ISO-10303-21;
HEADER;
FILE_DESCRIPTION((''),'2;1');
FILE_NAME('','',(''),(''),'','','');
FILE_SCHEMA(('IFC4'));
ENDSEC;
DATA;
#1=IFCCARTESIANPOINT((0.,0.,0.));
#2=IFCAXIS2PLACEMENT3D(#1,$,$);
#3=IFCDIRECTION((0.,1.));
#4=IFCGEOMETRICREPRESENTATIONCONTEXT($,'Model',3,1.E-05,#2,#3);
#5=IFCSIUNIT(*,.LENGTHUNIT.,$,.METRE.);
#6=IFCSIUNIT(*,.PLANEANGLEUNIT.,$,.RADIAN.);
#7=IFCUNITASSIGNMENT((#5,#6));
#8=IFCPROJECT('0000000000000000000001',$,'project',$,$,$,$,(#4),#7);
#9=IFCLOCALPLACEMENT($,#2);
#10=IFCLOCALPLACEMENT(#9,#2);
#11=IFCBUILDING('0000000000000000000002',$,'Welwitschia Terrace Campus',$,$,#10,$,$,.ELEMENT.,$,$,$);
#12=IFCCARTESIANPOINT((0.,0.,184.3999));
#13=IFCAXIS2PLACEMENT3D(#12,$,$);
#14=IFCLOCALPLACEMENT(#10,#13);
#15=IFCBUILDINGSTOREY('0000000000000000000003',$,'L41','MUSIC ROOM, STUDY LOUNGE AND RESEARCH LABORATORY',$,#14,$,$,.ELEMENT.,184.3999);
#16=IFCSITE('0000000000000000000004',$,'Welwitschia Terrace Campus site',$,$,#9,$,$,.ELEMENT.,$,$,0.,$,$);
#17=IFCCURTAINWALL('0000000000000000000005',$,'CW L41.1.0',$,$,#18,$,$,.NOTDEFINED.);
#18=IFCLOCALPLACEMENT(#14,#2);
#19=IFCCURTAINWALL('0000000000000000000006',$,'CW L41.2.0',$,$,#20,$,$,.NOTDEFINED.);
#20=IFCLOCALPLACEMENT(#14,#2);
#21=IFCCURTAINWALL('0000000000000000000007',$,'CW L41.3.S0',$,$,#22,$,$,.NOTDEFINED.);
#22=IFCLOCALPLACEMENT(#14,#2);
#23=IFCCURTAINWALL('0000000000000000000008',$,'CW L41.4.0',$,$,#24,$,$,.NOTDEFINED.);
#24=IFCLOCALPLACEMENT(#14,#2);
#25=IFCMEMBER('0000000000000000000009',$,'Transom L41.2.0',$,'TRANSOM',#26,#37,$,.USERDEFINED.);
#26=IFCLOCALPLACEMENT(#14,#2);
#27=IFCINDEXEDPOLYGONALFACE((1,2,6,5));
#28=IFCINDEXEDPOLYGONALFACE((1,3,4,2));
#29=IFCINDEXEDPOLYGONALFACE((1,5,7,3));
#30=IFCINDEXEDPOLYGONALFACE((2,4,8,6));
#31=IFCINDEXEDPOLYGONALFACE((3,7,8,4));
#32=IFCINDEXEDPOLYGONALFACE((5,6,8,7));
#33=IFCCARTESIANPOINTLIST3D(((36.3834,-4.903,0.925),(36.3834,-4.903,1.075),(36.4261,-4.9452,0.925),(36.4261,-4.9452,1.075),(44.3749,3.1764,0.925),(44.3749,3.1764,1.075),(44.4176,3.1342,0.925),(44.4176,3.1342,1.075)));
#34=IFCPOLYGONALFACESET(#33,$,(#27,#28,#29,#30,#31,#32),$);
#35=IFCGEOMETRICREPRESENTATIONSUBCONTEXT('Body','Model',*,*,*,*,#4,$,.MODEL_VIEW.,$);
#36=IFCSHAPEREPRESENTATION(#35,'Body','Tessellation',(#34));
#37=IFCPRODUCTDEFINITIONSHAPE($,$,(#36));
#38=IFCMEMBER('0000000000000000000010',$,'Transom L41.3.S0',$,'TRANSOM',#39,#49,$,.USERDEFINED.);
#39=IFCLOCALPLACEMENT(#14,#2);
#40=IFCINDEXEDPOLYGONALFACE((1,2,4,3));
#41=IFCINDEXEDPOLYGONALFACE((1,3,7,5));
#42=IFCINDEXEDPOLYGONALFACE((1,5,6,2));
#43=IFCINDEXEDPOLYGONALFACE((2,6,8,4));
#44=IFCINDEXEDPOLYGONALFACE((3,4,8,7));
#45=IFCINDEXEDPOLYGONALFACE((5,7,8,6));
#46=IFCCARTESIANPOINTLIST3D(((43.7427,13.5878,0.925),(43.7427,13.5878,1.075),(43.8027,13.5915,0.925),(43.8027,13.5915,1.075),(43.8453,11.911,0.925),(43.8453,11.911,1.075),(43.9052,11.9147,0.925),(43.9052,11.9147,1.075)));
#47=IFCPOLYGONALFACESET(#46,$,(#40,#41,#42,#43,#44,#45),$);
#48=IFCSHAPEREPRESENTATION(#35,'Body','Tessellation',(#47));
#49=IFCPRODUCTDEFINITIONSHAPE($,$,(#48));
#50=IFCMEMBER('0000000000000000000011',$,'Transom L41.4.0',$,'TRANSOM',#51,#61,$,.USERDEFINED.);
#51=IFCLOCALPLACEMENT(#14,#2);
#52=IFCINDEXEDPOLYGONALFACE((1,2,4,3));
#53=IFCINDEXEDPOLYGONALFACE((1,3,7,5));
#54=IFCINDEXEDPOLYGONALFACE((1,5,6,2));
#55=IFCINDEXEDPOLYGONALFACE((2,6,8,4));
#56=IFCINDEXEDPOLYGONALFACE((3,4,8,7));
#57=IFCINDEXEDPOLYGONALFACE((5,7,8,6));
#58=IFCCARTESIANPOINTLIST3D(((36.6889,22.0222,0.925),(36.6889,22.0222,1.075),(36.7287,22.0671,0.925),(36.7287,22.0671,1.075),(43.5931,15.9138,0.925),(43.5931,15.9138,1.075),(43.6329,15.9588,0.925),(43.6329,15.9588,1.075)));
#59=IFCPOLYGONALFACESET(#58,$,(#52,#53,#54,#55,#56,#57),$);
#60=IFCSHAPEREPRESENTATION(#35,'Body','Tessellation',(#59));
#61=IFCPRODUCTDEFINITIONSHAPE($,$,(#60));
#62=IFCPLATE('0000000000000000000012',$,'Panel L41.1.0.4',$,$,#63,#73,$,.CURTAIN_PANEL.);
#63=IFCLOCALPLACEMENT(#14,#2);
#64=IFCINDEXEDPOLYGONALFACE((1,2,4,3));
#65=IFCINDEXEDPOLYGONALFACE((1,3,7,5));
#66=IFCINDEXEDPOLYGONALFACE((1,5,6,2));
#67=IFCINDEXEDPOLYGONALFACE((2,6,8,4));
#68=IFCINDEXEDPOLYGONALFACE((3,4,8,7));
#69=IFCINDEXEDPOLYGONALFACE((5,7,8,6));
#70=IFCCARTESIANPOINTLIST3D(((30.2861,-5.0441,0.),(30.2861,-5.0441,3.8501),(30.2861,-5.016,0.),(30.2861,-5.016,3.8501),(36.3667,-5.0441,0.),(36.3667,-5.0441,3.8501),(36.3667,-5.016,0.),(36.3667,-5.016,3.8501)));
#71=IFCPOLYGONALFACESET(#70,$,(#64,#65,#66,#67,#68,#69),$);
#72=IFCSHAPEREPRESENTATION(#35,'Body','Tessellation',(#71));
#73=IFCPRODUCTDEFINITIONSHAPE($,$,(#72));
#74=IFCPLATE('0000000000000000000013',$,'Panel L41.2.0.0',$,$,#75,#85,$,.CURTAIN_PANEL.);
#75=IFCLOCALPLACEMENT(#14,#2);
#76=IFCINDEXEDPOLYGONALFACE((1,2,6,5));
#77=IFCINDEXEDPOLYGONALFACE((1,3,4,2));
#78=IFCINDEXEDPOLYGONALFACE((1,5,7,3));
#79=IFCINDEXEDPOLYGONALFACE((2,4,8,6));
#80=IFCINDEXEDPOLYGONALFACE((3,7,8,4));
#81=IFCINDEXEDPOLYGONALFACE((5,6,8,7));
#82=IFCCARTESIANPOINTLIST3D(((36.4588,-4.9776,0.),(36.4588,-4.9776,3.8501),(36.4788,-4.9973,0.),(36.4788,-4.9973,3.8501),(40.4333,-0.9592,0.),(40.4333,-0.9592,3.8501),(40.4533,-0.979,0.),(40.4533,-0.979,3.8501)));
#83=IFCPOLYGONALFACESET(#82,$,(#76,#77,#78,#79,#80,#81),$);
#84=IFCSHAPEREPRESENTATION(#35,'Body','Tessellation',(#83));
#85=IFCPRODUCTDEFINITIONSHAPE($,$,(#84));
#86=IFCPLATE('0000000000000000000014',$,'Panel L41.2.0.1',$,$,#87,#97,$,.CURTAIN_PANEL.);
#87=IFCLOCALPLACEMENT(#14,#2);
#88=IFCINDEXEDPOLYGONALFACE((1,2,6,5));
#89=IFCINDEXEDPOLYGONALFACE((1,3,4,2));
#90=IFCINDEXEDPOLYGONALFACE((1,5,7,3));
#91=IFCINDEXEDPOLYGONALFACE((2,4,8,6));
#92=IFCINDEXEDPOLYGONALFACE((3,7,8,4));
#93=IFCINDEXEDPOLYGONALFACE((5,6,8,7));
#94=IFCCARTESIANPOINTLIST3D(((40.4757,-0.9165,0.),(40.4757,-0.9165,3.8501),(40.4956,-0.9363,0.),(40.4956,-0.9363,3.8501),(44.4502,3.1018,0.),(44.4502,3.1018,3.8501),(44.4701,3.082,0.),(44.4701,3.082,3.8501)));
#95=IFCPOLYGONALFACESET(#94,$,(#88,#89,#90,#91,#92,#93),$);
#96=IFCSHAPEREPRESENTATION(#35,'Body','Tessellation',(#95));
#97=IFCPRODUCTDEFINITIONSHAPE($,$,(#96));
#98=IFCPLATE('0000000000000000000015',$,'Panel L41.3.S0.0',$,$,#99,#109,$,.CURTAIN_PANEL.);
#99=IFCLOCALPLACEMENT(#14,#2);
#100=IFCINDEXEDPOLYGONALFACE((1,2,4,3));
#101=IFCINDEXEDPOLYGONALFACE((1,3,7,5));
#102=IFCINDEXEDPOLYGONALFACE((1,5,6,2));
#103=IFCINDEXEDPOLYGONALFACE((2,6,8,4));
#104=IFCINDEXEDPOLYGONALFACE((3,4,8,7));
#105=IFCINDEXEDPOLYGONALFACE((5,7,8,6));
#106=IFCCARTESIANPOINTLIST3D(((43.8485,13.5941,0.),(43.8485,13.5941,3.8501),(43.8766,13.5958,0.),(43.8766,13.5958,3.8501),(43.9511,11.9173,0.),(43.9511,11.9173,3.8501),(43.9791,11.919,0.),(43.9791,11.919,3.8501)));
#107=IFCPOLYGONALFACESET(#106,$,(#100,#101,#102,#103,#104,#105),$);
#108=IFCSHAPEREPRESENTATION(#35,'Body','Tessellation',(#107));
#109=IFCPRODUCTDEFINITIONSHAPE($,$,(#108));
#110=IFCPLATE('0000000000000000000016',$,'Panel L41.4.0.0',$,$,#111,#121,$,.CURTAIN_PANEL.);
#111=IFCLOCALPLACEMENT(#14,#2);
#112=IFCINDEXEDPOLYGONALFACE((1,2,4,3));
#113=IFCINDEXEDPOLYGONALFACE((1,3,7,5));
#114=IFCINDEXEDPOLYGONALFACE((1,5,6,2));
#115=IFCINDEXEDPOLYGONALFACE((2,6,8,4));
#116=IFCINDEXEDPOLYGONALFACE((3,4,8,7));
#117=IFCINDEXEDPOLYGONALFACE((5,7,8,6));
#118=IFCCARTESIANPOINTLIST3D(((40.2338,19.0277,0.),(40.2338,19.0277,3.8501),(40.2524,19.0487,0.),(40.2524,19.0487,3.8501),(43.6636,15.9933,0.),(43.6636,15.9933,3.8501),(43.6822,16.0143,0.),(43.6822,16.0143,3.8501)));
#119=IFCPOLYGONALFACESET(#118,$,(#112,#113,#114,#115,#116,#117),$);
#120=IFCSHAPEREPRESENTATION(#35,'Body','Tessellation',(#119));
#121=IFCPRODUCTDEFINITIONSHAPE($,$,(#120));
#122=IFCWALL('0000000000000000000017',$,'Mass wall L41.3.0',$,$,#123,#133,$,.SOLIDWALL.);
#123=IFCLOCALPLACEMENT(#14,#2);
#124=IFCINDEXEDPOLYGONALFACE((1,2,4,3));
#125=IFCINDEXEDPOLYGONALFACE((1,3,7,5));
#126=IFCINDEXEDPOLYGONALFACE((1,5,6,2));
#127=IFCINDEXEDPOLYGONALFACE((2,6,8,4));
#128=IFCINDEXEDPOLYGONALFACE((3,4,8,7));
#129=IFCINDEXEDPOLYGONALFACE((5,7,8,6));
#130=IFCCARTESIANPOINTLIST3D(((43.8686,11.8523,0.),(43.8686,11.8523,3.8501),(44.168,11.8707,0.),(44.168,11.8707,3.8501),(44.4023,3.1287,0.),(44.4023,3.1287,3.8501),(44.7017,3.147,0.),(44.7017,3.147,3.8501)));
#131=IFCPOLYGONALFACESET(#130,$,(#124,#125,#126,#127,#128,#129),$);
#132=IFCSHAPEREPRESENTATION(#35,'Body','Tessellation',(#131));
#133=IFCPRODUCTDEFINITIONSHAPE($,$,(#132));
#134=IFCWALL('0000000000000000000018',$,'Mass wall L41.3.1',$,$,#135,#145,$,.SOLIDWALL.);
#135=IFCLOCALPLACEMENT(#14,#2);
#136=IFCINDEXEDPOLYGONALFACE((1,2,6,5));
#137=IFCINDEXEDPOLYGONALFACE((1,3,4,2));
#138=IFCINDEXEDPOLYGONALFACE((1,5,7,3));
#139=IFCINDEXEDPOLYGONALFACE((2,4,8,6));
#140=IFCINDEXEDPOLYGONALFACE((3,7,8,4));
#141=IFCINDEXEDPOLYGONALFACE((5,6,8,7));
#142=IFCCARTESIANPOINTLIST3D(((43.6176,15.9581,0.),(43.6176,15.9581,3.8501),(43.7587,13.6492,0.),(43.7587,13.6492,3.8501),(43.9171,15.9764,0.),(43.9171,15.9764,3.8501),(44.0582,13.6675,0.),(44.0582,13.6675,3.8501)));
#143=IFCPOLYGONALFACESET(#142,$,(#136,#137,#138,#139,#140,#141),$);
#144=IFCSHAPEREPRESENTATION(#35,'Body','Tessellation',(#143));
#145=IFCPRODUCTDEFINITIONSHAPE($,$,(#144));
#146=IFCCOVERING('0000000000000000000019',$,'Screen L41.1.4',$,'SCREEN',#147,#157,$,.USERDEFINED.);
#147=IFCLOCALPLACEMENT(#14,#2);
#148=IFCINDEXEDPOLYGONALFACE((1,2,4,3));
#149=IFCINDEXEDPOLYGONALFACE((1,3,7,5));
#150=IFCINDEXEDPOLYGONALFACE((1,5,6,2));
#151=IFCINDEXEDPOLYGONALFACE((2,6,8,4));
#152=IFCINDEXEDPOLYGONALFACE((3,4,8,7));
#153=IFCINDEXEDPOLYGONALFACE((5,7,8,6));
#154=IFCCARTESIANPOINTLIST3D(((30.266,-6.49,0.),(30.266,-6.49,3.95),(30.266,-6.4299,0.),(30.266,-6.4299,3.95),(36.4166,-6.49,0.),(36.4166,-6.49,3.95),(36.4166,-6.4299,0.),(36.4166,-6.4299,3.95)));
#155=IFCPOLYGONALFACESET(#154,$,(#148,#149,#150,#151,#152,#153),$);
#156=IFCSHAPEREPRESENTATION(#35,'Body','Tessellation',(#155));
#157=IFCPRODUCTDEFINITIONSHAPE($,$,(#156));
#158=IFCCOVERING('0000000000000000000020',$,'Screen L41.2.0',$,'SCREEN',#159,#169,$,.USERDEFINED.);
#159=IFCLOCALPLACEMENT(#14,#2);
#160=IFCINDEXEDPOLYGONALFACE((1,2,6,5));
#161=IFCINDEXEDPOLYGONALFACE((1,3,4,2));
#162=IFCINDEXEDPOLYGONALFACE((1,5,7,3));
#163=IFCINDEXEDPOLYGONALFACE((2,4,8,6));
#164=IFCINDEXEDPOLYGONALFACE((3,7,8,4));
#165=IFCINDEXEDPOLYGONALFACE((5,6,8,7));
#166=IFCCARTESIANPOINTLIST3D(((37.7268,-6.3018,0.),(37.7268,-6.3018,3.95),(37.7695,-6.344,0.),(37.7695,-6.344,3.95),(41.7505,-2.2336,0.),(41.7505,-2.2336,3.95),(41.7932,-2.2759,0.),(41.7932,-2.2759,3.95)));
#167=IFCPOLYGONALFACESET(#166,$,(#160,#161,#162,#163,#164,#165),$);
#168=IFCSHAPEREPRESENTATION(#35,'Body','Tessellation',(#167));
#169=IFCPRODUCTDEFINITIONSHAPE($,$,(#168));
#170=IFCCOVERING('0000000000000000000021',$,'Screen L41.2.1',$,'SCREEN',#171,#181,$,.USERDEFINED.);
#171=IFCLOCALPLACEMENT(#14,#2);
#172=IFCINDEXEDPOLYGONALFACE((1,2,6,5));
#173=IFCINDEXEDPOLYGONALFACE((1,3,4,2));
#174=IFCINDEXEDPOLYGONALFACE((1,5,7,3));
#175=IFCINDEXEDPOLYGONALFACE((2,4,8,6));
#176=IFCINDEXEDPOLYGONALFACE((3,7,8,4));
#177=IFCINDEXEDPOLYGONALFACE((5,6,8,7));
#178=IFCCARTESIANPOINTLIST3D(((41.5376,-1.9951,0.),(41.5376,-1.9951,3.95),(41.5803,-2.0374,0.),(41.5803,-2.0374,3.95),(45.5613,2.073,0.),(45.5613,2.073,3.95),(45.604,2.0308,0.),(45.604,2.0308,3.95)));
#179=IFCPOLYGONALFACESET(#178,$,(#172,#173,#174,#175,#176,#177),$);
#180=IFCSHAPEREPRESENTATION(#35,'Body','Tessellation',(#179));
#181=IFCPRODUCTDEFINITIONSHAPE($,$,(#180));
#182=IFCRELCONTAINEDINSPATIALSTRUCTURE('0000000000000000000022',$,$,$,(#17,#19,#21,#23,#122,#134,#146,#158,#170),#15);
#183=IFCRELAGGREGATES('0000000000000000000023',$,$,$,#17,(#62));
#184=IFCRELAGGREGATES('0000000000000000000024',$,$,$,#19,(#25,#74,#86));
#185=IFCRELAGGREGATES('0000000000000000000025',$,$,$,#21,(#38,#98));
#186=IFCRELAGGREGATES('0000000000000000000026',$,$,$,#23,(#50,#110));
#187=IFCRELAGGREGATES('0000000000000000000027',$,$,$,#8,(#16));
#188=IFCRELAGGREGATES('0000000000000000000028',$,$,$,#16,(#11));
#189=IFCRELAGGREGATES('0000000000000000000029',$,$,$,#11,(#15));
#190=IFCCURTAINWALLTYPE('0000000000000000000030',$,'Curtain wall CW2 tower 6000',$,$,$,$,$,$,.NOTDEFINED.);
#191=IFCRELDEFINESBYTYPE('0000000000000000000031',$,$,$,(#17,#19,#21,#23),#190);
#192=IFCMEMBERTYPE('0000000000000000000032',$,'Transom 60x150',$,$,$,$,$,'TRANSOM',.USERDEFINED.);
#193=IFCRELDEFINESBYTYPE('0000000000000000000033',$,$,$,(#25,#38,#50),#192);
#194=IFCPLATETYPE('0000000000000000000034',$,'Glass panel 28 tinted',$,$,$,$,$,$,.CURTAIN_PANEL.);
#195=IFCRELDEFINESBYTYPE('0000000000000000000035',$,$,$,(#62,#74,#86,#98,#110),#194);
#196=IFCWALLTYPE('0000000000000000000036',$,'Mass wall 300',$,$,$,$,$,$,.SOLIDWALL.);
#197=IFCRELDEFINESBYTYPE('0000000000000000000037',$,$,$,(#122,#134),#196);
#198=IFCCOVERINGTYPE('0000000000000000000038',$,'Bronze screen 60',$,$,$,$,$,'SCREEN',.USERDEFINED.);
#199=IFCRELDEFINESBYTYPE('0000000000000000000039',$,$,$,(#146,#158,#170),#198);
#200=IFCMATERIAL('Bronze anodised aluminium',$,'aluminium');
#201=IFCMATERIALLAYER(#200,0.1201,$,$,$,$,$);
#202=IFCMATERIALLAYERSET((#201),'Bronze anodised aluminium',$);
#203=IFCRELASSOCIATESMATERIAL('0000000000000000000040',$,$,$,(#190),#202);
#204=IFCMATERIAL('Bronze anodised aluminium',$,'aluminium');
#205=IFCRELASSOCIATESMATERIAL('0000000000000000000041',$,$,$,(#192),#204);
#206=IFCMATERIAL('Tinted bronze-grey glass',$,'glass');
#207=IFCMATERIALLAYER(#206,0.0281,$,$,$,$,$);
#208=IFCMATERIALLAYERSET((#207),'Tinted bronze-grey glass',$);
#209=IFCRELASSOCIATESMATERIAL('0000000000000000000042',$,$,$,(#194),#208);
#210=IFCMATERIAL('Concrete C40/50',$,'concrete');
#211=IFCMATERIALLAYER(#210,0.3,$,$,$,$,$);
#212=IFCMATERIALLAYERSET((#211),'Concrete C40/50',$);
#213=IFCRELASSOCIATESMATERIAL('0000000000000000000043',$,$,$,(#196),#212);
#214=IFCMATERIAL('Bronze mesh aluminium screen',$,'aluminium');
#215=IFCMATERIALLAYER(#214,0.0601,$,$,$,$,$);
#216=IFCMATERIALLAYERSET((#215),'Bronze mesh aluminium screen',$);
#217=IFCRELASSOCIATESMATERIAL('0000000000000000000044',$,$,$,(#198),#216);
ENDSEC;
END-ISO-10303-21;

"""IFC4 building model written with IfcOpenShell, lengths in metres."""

from ifc_helpers import new_model, si_unit, direction, frame, frame_2d, origin, origin_2d, place, context, subcontext, project, spatial, rectangle, extrude, material, layer, layer_set, material_profile, profile_set, type_object, element, aggregate, save


model = new_model("IFC4")

# Units and contexts
model_context = context("Model", 3, precision=1e-05, world=origin(), true_north=direction((0.0, 1.0)))
body_context = subcontext(model_context, "Body", "Model", "MODEL_VIEW")
ifc_project = project(units=[si_unit("LENGTHUNIT", "METRE"), si_unit("PLANEANGLEUNIT", "RADIAN")], contexts=[model_context])

# Site, building, storey
site_placement = place(None, origin())
site = spatial("IfcSite", under=ifc_project, at=site_placement, Name="Welwitschia Terrace Campus site", CompositionType="ELEMENT", RefElevation=0.0)
building_placement = place(site_placement, origin())
building = spatial("IfcBuilding", under=site, at=building_placement, Name="Welwitschia Terrace Campus", CompositionType="ELEMENT")
storey_placement = place(building_placement, frame((0.0, 0.0, 184.3999)))
storey = spatial("IfcBuildingStorey", under=building, at=storey_placement, Name="L41", Description="MUSIC ROOM, STUDY LOUNGE AND RESEARCH LABORATORY", CompositionType="ELEMENT", Elevation=184.3999)

# Curtain walls
ifc_material_1 = material(Name="Bronze anodised aluminium", Category="aluminium")
ifc_layer_1 = layer(ifc_material_1, 0.1201)
ifc_layer_set_1 = layer_set([ifc_layer_1], Name="Bronze anodised aluminium")
curtain_wall_type = type_object("IfcCurtainWallType", Name="Curtain wall CW2 tower 6000", PredefinedType="NOTDEFINED", material=ifc_layer_set_1)
curtain_wall_1_placement = place(storey_placement, origin())
curtain_wall_1 = element("IfcCurtainWall", 1, at=curtain_wall_1_placement, inside=storey, type_object=curtain_wall_type, Name="CW L41.1.0", PredefinedType="NOTDEFINED")
curtain_wall_2_placement = place(storey_placement, origin())
curtain_wall_2 = element("IfcCurtainWall", 2, at=curtain_wall_2_placement, inside=storey, type_object=curtain_wall_type, Name="CW L41.2.0", PredefinedType="NOTDEFINED")
curtain_wall_3_placement = place(storey_placement, origin())
curtain_wall_3 = element("IfcCurtainWall", 3, at=curtain_wall_3_placement, inside=storey, type_object=curtain_wall_type, Name="CW L41.3.S0", PredefinedType="NOTDEFINED")
curtain_wall_4_placement = place(storey_placement, origin())
curtain_wall_4 = element("IfcCurtainWall", 4, at=curtain_wall_4_placement, inside=storey, type_object=curtain_wall_type, Name="CW L41.4.0", PredefinedType="NOTDEFINED")

# Members
ifc_material_2 = material(Name="Bronze anodised aluminium", Category="aluminium")
ifc_material_profile_1 = material_profile(ifc_material_2, rectangle(XDim=0.0601, YDim=0.1499, at=origin_2d()))
ifc_profile_set_1 = profile_set([ifc_material_profile_1], Name="Bronze anodised aluminium")
member_type_1 = type_object("IfcMemberType", Name="Transom 60x150", ElementType="TRANSOM", PredefinedType="USERDEFINED", material=ifc_profile_set_1)
member_1_placement = place(storey_placement, frame((36.4048, -4.9241, 1.0), z_axis=(0.703229, 0.710963, 0.0), x_axis=(-0.710963, 0.703229, 0.0)))
member_1 = element("IfcMember", 5, at=member_1_placement, type_object=member_type_1, Name="Transom L41.2.0", ObjectType="TRANSOM", PredefinedType="USERDEFINED", context=body_context, shape_type="SweptSolid", body=[
    extrude(rectangle(XDim=0.0601, YDim=0.1499, at=origin_2d()), origin(), (0.0, 0.0, 1.0), 11.364),
])
member_2_placement = place(storey_placement, frame((43.8752, 11.9128, 1.0), z_axis=(-0.061039, 0.998135, 0.0), x_axis=(-0.998135, -0.061039, 0.0)))
member_2 = element("IfcMember", 6, at=member_2_placement, type_object=member_type_1, Name="Transom L41.3.S0", ObjectType="TRANSOM", PredefinedType="USERDEFINED", context=body_context, shape_type="SweptSolid", body=[
    extrude(rectangle(XDim=0.0601, YDim=0.1499, at=origin_2d()), origin(), (0.0, 0.0, 1.0), 1.6799),
])
member_3_placement = place(storey_placement, frame((43.613, 15.9363, 1.0), z_axis=(-0.748956, 0.66262, 0.0), x_axis=(-0.66262, -0.748956, 0.0)))
member_3 = element("IfcMember", 7, at=member_3_placement, type_object=member_type_1, Name="Transom L41.4.0", ObjectType="TRANSOM", PredefinedType="USERDEFINED", context=body_context, shape_type="SweptSolid", body=[
    extrude(rectangle(XDim=0.0601, YDim=0.1499, at=origin_2d()), origin(), (0.0, 0.0, 1.0), 9.2185),
])

# Plates
ifc_material_3 = material(Name="Tinted bronze-grey glass", Category="glass")
ifc_layer_2 = layer(ifc_material_3, 0.0281)
ifc_layer_set_2 = layer_set([ifc_layer_2], Name="Tinted bronze-grey glass")
plate_type = type_object("IfcPlateType", Name="Glass panel 28 tinted", PredefinedType="CURTAIN_PANEL", material=ifc_layer_set_2)
plate_1_placement = place(storey_placement, frame((33.3264, -5.03, 0.0), z_axis=(0.0, 0.0, 1.0), x_axis=(1.0, 0.0, 0.0)))
plate_1 = element("IfcPlate", 8, at=plate_1_placement, type_object=plate_type, Name="Panel L41.1.0.4", PredefinedType="CURTAIN_PANEL", context=body_context, shape_type="SweptSolid", body=[
    extrude(rectangle(XDim=6.0806, YDim=0.0281, at=origin_2d()), origin(), (0.0, 0.0, 1.0), 3.8501),
])
aggregate(curtain_wall_1, [plate_1])
plate_2_placement = place(storey_placement, frame((38.4561, -2.9783, 0.0), z_axis=(0.0, 0.0, 1.0), x_axis=(0.70322, 0.710972, 0.0)))
plate_2 = element("IfcPlate", 9, at=plate_2_placement, type_object=plate_type, Name="Panel L41.2.0.0", PredefinedType="CURTAIN_PANEL", context=body_context, shape_type="SweptSolid", body=[
    extrude(rectangle(XDim=5.6519, YDim=0.0281, at=origin_2d()), origin(), (0.0, 0.0, 1.0), 3.8501),
])
plate_3_placement = place(storey_placement, frame((42.4729, 1.0828, 0.0), z_axis=(0.0, 0.0, 1.0), x_axis=(0.70322, 0.710972, 0.0)))
plate_3 = element("IfcPlate", 10, at=plate_3_placement, type_object=plate_type, Name="Panel L41.2.0.1", PredefinedType="CURTAIN_PANEL", context=body_context, shape_type="SweptSolid", body=[
    extrude(rectangle(XDim=5.6519, YDim=0.0281, at=origin_2d()), origin(), (0.0, 0.0, 1.0), 3.8501),
])
aggregate(curtain_wall_2, [member_1, plate_2, plate_3])
plate_4_placement = place(storey_placement, frame((43.9138, 12.7566, 0.0), z_axis=(0.0, 0.0, 1.0), x_axis=(-0.061049, 0.998135, 0.0)))
plate_4 = element("IfcPlate", 11, at=plate_4_placement, type_object=plate_type, Name="Panel L41.3.S0.0", PredefinedType="CURTAIN_PANEL", context=body_context, shape_type="SweptSolid", body=[
    extrude(rectangle(XDim=1.6799, YDim=0.0281, at=origin_2d()), origin(), (0.0, 0.0, 1.0), 3.8501),
])
aggregate(curtain_wall_3, [member_2, plate_4])
plate_5_placement = place(storey_placement, frame((41.958, 17.521, 0.0), z_axis=(0.0, 0.0, 1.0), x_axis=(-0.748956, 0.66262, 0.0)))
plate_5 = element("IfcPlate", 12, at=plate_5_placement, type_object=plate_type, Name="Panel L41.4.0.0", PredefinedType="CURTAIN_PANEL", context=body_context, shape_type="SweptSolid", body=[
    extrude(rectangle(XDim=4.5793, YDim=0.0281, at=origin_2d()), origin(), (0.0, 0.0, 1.0), 3.8501),
])
aggregate(curtain_wall_4, [member_3, plate_5])

# Walls
ifc_material_4 = material(Name="Concrete C40/50", Category="concrete")
ifc_layer_3 = layer(ifc_material_4, 0.3)
ifc_layer_set_3 = layer_set([ifc_layer_3], Name="Concrete C40/50")
wall_type = type_object("IfcWallType", Name="Mass wall 300", PredefinedType="SOLIDWALL", material=ifc_layer_set_3)
wall_1_placement = place(storey_placement, frame((44.552, 3.1377, 0.0), z_axis=(0.0, 0.0, 1.0), x_axis=(-0.061063, 0.998134, 0.0)))
element("IfcWall", 13, at=wall_1_placement, inside=storey, type_object=wall_type, Name="Mass wall L41.3.0", PredefinedType="SOLIDWALL", context=body_context, shape_type="SweptSolid", body=[
    extrude(rectangle(XDim=8.74, YDim=0.3, at=frame_2d((4.3701, 0.0))), origin(), (0.0, 0.0, 1.0), 3.8501),
])
wall_2_placement = place(storey_placement, frame((43.9084, 13.6582, 0.0), z_axis=(0.0, 0.0, 1.0), x_axis=(-0.061005, 0.998137, 0.0)))
element("IfcWall", 14, at=wall_2_placement, inside=storey, type_object=wall_type, Name="Mass wall L41.3.1", PredefinedType="SOLIDWALL", context=body_context, shape_type="SweptSolid", body=[
    extrude(rectangle(XDim=2.3132, YDim=0.3, at=frame_2d((1.1567, 0.0))), origin(), (0.0, 0.0, 1.0), 3.8501),
])

# Coverings
ifc_material_5 = material(Name="Bronze mesh aluminium screen", Category="aluminium")
ifc_layer_4 = layer(ifc_material_5, 0.0601)
ifc_layer_set_4 = layer_set([ifc_layer_4], Name="Bronze mesh aluminium screen")
covering_type = type_object("IfcCoveringType", Name="Bronze screen 60", ElementType="SCREEN", PredefinedType="USERDEFINED", material=ifc_layer_set_4)
covering_placement = place(storey_placement, frame((33.3413, -6.46, 0.0), z_axis=(0.0, 0.0, 1.0), x_axis=(1.0, 0.0, 0.0)))
element("IfcCovering", 15, at=covering_placement, inside=storey, type_object=covering_type, Name="Screen L41.1.4", ObjectType="SCREEN", PredefinedType="USERDEFINED", context=body_context, shape_type="SweptSolid", body=[
    extrude(rectangle(XDim=6.1506, YDim=0.0601, at=origin_2d()), origin(), (0.0, 0.0, 1.0), 3.95),
])
for number, where, z_axis, x_axis, name in (
    (16, (39.76, -4.2888, 0.0), (0.0, 0.0, 1.0), (0.70322, 0.710972, 0.0), "Screen L41.2.0"),
    (17, (43.5708, 0.0178, 0.0), (0.0, 0.0, 1.0), (0.70322, 0.710972, 0.0), "Screen L41.2.1"),
):
    element("IfcCovering", number, at=place(storey_placement, frame(where, z_axis=z_axis, x_axis=x_axis)), inside=storey, type_object=covering_type, Name=name, ObjectType="SCREEN", PredefinedType="USERDEFINED", context=body_context, shape_type="SweptSolid", body=[
        extrude(rectangle(XDim=5.7219, YDim=0.0601, at=origin_2d()), origin(), (0.0, 0.0, 1.0), 3.95),
    ])

save(model, "model.ifc")
